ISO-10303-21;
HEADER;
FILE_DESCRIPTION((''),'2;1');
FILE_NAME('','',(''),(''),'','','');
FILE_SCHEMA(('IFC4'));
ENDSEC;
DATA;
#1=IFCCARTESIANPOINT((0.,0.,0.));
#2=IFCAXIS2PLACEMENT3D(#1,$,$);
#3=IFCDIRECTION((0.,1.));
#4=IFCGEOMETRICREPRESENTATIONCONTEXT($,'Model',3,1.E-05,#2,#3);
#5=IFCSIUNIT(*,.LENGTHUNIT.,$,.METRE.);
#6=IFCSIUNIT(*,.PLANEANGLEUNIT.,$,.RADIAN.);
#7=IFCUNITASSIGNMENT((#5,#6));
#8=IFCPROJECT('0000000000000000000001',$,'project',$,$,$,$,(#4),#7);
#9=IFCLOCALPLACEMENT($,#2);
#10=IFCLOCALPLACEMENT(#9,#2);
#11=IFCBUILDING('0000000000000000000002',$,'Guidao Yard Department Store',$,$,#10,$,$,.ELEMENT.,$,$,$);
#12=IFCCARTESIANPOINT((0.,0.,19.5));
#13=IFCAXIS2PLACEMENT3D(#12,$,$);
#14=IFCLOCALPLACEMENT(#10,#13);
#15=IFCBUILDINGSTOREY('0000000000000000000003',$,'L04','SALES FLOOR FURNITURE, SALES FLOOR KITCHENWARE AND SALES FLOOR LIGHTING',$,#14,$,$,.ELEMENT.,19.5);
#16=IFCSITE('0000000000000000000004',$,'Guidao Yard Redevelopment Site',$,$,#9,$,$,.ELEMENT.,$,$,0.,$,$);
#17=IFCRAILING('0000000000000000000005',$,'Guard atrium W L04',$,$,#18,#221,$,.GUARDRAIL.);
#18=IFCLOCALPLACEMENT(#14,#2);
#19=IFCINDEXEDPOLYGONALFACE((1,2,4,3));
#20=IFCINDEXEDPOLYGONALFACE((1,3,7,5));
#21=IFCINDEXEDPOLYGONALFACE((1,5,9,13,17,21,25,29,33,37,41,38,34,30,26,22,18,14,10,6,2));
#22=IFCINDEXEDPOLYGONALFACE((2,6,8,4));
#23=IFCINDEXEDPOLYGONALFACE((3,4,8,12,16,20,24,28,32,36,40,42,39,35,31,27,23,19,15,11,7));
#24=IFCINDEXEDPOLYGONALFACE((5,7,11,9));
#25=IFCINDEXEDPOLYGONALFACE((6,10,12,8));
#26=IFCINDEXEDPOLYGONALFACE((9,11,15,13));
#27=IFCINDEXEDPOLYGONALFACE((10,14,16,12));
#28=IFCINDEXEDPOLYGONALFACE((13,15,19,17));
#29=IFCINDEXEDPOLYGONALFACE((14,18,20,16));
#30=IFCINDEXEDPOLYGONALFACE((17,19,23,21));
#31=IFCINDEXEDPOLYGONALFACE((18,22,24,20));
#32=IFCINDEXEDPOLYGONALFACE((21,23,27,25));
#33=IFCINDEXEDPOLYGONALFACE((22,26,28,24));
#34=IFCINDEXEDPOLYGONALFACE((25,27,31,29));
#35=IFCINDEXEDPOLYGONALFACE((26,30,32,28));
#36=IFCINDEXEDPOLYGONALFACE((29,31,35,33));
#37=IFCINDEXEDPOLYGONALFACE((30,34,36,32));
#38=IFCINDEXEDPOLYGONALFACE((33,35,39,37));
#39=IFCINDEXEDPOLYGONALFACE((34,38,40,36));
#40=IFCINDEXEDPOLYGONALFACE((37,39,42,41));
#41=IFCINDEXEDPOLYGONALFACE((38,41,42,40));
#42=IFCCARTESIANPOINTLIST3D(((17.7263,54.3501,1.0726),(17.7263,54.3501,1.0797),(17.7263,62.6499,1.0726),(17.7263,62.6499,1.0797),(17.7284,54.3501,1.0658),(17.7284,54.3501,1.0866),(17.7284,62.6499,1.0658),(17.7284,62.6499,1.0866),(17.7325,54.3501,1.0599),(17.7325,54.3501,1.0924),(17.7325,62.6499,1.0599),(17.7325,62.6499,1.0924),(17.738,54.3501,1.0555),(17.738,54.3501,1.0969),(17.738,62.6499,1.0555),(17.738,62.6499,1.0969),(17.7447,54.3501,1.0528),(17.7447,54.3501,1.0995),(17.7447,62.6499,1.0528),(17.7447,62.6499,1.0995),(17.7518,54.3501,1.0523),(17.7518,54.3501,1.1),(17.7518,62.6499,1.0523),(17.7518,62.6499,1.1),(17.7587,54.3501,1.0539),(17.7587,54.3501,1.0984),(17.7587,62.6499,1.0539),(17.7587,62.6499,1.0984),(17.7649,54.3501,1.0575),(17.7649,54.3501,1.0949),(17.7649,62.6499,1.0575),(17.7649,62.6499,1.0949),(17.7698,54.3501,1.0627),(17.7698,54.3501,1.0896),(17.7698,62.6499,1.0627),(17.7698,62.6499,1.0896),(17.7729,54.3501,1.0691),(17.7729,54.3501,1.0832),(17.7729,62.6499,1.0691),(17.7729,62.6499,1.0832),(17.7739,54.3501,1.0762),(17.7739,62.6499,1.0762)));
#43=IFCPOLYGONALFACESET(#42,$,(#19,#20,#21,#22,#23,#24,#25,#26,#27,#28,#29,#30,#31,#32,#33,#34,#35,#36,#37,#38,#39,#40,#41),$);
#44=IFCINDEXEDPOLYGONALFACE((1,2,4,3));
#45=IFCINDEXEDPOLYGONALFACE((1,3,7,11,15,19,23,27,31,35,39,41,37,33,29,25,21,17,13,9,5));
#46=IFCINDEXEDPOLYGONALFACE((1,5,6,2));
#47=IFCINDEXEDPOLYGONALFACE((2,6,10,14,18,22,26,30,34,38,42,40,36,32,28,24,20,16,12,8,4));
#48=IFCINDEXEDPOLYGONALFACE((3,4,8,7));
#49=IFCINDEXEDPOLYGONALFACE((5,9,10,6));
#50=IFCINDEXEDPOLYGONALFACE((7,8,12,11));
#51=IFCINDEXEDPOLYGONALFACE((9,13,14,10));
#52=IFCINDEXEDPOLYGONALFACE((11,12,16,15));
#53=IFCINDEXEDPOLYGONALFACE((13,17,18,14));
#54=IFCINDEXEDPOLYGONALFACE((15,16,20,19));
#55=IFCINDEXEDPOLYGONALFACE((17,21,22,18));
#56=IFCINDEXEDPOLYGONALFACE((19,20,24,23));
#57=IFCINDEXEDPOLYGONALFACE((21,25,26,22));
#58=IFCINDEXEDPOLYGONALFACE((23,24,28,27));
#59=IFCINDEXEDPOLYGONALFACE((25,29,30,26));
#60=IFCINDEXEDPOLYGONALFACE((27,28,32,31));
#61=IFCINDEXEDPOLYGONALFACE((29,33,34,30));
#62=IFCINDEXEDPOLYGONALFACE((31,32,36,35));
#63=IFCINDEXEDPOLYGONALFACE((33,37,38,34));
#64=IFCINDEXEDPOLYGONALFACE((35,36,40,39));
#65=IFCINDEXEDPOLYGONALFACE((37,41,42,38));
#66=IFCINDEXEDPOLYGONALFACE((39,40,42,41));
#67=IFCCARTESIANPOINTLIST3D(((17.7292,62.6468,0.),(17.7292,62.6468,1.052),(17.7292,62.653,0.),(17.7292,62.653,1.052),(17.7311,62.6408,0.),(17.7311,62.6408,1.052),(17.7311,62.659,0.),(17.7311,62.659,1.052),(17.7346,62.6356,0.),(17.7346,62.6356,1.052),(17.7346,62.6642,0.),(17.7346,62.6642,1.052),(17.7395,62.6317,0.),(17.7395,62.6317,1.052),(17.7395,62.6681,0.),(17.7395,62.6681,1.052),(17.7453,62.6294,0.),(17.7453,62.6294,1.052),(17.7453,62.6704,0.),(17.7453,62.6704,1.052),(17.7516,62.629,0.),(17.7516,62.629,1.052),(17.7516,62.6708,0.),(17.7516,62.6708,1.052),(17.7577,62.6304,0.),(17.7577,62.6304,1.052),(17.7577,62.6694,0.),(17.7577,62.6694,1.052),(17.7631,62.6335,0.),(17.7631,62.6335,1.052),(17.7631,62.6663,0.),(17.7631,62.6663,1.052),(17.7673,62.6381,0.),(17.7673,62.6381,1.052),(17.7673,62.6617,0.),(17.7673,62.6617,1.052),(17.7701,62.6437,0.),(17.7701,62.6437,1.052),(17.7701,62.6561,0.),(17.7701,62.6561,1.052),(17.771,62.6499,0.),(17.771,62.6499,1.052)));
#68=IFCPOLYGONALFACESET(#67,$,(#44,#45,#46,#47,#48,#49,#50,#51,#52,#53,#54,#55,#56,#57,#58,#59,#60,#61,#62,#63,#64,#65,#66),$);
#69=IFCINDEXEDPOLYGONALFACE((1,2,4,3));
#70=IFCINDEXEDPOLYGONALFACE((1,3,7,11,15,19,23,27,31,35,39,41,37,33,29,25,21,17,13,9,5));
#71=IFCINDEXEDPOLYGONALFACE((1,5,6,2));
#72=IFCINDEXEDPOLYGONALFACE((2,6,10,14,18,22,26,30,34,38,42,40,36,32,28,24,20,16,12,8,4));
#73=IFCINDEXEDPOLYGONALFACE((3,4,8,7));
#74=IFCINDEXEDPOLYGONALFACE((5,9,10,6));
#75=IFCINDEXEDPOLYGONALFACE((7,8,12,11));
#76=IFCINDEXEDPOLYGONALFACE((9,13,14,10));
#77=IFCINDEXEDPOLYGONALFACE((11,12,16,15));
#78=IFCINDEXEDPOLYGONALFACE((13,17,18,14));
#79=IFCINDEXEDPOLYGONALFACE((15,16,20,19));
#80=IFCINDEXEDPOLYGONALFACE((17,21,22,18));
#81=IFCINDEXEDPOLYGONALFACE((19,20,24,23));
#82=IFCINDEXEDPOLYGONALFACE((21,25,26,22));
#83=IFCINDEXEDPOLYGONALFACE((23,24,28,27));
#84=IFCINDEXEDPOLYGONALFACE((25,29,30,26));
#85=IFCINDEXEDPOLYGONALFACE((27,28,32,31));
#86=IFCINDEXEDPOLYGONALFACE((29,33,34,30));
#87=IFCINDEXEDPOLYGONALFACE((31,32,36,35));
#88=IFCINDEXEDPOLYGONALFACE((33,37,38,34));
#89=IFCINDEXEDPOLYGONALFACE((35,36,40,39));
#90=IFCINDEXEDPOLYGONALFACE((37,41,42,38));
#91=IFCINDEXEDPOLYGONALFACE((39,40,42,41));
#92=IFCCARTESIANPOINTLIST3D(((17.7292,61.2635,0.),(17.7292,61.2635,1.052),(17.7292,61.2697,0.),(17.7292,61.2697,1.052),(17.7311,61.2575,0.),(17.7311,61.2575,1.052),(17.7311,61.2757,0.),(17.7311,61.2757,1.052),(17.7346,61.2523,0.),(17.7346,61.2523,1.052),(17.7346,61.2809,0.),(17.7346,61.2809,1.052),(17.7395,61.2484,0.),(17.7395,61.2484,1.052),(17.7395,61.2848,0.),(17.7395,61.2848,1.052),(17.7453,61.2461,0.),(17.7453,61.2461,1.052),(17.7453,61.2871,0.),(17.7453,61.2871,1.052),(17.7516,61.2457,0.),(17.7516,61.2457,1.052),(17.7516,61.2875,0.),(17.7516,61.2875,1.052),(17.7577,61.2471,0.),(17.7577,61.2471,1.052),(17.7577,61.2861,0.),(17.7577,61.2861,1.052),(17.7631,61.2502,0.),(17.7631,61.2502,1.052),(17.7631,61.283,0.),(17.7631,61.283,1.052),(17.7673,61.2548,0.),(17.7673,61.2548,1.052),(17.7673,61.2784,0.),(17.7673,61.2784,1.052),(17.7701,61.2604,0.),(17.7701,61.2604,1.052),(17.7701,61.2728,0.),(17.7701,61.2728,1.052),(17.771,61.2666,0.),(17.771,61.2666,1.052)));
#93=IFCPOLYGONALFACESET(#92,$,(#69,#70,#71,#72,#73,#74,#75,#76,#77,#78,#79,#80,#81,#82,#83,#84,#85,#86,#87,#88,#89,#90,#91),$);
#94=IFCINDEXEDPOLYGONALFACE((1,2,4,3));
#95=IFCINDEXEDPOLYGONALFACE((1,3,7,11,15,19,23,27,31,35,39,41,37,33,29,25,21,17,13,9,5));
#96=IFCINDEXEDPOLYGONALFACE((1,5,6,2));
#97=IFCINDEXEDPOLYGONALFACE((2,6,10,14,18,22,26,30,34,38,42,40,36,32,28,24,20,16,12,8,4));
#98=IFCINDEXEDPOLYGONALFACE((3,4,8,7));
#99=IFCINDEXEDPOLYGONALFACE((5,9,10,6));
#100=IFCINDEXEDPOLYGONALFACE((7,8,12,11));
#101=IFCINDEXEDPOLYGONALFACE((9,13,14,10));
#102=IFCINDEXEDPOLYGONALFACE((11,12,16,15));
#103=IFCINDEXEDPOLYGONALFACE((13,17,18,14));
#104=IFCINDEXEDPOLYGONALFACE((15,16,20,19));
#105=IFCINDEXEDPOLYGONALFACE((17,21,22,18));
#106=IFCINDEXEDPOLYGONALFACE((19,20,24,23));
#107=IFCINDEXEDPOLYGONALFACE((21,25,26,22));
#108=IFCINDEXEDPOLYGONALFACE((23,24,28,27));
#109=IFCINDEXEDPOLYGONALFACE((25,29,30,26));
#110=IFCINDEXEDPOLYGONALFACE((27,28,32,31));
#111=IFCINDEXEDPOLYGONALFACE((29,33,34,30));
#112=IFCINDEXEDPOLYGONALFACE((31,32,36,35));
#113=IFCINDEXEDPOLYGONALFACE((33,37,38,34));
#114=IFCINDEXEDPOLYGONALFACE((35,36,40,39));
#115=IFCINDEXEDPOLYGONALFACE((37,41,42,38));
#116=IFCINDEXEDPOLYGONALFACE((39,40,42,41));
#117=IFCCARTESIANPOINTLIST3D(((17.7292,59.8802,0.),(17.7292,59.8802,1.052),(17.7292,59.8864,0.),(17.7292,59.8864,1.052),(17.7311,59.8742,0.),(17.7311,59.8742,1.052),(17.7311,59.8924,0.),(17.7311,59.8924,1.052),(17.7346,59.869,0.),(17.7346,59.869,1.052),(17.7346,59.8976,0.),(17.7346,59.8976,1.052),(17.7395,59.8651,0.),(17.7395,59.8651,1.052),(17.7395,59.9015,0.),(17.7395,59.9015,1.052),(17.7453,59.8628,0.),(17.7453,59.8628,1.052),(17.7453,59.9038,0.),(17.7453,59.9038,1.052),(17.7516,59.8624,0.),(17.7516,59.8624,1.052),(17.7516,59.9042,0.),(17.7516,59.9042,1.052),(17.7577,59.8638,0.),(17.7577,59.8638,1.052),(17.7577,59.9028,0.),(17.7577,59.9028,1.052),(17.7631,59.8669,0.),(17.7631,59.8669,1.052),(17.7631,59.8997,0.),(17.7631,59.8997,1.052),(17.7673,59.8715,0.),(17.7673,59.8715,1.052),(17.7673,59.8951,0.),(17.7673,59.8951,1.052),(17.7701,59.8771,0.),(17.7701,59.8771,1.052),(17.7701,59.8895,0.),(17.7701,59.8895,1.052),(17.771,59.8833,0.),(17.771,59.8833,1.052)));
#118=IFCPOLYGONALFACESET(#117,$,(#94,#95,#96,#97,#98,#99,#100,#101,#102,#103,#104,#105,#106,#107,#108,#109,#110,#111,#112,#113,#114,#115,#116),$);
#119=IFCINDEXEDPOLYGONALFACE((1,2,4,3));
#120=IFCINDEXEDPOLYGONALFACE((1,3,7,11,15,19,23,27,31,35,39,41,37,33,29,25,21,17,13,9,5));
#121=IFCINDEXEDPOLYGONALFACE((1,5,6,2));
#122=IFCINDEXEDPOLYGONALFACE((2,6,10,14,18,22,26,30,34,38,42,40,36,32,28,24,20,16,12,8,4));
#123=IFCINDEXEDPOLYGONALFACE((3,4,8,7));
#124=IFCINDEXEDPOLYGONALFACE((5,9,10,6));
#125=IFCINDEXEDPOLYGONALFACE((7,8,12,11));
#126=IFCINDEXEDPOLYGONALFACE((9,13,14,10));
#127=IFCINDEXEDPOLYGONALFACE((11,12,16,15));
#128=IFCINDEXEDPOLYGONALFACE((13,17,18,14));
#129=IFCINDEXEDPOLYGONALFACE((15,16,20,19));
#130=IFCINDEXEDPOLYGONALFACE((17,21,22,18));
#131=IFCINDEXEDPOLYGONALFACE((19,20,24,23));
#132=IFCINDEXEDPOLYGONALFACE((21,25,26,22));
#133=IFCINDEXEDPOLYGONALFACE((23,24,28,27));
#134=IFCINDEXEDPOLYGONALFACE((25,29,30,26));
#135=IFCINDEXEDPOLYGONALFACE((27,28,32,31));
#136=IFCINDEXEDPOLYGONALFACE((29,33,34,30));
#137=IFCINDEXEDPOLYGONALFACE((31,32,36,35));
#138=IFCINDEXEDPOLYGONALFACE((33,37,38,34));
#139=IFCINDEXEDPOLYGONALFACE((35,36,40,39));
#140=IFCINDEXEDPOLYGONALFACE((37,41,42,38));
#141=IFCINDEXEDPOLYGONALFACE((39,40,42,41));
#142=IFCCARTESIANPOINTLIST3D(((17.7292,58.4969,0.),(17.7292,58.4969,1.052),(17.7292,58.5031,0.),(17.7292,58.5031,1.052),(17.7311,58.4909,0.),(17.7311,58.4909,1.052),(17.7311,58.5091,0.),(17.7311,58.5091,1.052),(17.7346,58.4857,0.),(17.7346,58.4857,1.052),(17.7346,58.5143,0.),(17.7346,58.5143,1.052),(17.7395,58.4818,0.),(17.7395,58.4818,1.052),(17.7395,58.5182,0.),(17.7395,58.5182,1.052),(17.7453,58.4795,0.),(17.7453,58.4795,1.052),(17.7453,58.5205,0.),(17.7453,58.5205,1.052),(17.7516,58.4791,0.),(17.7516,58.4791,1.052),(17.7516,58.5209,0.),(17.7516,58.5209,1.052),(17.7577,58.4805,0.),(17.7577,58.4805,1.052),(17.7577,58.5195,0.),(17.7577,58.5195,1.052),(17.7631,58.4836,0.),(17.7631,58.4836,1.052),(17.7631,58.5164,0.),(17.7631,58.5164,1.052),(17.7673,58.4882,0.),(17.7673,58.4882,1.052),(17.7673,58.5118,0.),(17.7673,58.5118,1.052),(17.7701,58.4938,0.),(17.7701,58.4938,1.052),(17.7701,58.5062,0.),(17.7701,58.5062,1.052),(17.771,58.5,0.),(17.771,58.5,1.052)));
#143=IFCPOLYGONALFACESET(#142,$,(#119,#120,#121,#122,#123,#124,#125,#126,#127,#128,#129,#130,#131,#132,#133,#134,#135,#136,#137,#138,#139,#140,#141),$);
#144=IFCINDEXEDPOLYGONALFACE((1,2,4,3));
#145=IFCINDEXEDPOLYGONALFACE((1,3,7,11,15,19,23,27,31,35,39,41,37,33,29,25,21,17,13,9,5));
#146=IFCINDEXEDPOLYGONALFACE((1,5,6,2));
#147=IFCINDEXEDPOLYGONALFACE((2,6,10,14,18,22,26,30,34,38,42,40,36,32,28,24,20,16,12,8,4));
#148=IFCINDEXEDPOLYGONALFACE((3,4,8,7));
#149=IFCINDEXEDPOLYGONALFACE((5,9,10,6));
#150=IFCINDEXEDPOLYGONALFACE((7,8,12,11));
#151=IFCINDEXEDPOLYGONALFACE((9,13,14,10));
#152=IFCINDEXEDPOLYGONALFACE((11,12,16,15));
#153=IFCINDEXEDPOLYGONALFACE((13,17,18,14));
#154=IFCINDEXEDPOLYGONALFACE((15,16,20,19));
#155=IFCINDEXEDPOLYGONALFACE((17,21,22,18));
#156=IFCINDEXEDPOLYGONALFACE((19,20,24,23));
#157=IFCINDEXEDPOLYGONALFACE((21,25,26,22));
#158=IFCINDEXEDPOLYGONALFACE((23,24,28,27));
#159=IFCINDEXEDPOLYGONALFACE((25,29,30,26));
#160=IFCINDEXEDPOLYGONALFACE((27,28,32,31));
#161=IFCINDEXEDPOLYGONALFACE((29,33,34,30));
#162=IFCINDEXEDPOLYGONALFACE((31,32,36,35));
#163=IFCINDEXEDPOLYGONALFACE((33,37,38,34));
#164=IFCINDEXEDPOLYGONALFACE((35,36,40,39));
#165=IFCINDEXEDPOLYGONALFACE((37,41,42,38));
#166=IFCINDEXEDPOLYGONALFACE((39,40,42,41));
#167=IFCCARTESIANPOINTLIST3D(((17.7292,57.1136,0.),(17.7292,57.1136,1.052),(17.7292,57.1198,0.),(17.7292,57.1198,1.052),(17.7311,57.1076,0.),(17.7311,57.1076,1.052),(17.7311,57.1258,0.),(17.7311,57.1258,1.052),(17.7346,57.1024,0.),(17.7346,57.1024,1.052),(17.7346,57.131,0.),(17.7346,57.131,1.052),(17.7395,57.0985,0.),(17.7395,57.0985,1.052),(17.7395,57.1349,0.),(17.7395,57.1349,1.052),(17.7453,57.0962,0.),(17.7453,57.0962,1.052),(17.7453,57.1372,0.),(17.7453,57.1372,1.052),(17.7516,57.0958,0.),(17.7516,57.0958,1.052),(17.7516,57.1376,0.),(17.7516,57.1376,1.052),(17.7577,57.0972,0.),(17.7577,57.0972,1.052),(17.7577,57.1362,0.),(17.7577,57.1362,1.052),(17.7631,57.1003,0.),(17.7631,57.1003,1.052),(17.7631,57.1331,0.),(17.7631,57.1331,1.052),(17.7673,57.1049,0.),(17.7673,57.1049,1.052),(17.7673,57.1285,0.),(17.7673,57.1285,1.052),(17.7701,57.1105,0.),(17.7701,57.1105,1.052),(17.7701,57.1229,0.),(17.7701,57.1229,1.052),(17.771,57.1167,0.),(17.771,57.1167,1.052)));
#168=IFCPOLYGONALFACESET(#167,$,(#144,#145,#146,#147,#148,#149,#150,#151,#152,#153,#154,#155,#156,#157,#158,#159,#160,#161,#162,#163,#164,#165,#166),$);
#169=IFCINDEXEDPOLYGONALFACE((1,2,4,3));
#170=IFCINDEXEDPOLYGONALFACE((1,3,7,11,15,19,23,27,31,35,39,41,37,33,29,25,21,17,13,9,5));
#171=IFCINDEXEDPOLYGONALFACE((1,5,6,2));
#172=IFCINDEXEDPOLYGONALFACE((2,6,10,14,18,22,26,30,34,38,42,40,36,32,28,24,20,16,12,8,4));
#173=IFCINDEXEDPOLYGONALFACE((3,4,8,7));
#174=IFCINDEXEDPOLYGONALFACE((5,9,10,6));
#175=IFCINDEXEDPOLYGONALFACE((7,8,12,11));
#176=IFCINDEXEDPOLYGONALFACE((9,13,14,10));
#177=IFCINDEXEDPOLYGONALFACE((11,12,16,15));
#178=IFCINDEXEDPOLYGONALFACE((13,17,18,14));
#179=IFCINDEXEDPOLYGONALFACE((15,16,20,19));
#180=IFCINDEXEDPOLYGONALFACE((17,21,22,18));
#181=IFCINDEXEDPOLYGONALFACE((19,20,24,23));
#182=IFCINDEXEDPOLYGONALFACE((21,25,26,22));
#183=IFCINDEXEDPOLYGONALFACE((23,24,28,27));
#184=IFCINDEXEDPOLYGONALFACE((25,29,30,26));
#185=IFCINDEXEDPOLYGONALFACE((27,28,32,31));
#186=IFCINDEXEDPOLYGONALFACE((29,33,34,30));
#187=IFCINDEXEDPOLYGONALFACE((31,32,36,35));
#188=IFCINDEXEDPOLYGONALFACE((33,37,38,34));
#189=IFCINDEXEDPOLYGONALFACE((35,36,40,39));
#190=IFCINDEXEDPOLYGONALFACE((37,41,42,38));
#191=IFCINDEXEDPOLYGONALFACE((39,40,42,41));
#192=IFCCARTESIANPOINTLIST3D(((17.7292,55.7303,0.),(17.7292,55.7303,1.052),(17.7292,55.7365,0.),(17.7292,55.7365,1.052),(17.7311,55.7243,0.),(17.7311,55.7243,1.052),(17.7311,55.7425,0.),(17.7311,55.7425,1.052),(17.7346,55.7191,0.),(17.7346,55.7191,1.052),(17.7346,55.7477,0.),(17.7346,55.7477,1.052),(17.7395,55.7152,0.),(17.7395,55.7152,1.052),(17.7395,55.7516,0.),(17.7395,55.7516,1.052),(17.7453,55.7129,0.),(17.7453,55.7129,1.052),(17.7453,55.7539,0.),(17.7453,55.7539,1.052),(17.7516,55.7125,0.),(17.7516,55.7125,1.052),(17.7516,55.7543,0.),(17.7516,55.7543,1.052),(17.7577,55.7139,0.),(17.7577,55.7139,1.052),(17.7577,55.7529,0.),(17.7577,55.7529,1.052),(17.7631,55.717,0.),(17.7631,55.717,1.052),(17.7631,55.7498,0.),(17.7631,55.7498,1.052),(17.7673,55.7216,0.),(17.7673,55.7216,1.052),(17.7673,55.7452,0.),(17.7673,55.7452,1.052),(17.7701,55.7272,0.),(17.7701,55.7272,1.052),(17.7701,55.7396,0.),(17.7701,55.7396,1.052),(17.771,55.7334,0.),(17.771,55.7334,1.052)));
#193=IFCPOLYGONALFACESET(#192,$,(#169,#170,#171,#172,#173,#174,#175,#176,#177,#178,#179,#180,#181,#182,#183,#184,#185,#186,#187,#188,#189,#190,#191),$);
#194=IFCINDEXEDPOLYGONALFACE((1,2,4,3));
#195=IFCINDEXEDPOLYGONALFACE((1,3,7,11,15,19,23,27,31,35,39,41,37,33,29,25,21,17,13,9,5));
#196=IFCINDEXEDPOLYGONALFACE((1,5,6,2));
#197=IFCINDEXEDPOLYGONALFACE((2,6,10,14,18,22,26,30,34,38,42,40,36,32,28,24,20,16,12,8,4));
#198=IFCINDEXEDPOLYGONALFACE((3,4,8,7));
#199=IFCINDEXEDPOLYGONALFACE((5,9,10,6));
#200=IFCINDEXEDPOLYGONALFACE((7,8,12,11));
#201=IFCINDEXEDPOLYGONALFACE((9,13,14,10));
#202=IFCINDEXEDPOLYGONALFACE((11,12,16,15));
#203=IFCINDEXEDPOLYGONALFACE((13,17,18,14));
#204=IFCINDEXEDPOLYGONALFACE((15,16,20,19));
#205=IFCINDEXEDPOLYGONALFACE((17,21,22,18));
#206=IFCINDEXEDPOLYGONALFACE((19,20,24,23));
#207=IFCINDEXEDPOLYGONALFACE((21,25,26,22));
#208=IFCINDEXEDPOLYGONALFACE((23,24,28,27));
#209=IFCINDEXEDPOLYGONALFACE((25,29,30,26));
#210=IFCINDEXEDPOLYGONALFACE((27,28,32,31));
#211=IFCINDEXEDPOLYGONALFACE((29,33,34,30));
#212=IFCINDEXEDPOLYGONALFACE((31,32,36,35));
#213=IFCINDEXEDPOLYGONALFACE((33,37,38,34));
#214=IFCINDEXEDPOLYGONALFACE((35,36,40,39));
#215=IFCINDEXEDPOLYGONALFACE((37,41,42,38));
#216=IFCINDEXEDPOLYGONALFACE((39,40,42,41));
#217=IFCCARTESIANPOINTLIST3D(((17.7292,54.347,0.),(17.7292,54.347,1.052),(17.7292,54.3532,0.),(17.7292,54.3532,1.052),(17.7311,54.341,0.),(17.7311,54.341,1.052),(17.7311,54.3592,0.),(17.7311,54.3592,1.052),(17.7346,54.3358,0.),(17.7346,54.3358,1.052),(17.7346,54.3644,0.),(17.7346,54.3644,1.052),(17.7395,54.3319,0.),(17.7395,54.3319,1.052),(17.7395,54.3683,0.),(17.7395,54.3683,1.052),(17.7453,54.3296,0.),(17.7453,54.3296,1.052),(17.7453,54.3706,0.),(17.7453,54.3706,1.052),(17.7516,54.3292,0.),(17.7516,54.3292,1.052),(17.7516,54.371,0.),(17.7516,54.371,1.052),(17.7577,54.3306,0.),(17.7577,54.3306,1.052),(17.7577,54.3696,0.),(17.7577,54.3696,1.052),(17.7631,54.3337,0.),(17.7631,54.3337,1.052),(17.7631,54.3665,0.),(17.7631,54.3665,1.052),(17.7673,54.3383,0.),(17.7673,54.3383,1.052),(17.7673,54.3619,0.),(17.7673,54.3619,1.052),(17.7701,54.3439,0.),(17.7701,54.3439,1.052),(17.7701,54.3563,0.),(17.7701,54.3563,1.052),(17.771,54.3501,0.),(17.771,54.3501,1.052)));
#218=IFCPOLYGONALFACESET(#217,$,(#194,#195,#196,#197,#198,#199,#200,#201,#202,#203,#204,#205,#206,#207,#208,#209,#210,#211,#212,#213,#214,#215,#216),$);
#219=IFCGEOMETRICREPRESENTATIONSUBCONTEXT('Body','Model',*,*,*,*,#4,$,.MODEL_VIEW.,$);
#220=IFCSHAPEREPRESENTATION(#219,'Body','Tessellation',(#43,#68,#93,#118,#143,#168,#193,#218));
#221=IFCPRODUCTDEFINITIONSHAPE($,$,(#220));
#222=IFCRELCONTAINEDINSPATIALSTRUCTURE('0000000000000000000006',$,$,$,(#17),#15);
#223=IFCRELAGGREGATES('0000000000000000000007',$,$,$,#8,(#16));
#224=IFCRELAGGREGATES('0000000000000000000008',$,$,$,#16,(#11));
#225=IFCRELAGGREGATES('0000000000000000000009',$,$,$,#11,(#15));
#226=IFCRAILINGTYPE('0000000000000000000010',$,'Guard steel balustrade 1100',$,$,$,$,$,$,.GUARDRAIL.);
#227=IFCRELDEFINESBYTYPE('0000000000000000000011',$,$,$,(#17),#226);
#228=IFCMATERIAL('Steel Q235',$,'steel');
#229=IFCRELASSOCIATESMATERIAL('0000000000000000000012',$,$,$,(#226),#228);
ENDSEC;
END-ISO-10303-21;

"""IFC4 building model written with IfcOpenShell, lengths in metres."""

from ifc_helpers import new_model, si_unit, direction, frame, origin, origin_2d, place, context, subcontext, project, spatial, circle, extrude, material, type_object, element, save


model = new_model("IFC4")

# Units and contexts
model_context = context("Model", 3, precision=1e-05, world=origin(), true_north=direction((0.0, 1.0)))
body_context = subcontext(model_context, "Body", "Model", "MODEL_VIEW")
ifc_project = project(units=[si_unit("LENGTHUNIT", "METRE"), si_unit("PLANEANGLEUNIT", "RADIAN")], contexts=[model_context])

# Site, building, storey
site_placement = place(None, origin())
site = spatial("IfcSite", under=ifc_project, at=site_placement, Name="Guidao Yard Redevelopment Site", CompositionType="ELEMENT", RefElevation=0.0)
building_placement = place(site_placement, origin())
building = spatial("IfcBuilding", under=site, at=building_placement, Name="Guidao Yard Department Store", CompositionType="ELEMENT")
storey_placement = place(building_placement, frame((0.0, 0.0, 19.5)))
storey = spatial("IfcBuildingStorey", under=building, at=storey_placement, Name="L04", Description="SALES FLOOR FURNITURE, SALES FLOOR KITCHENWARE AND SALES FLOOR LIGHTING", CompositionType="ELEMENT", Elevation=19.5)

# Railing
ifc_material_1 = material(Name="Steel Q235", Category="steel")
railing_type_1 = type_object("IfcRailingType", Name="Guard steel balustrade 1100", PredefinedType="GUARDRAIL", material=ifc_material_1)
railing_1_placement = place(storey_placement, frame((17.75, 62.6499, 0.0)))
element("IfcRailing", 1, at=railing_1_placement, inside=storey, type_object=railing_type_1, Name="Guard atrium W L04", PredefinedType="GUARDRAIL", context=body_context, shape_type="SweptSolid", body=[
    extrude(circle(Radius=0.0239, at=origin_2d()), frame((0.0, 0.0, 1.0762), z_axis=(0.0, -1.0, 0.0), x_axis=(1.0, 0.0, 0.0)), (0.0, 0.0, 1.0), 8.2998),
    extrude(circle(Radius=0.021, at=origin_2d()), origin(), (0.0, 0.0, 1.0), 1.052),
    extrude(circle(Radius=0.021, at=origin_2d()), frame((0.0, -1.3833, 0.0)), (0.0, 0.0, 1.0), 1.052),
    extrude(circle(Radius=0.021, at=origin_2d()), frame((0.0, -2.7666, 0.0)), (0.0, 0.0, 1.0), 1.052),
    extrude(circle(Radius=0.021, at=origin_2d()), frame((0.0, -4.1499, 0.0)), (0.0, 0.0, 1.0), 1.052),
    extrude(circle(Radius=0.021, at=origin_2d()), frame((0.0, -5.5332, 0.0)), (0.0, 0.0, 1.0), 1.052),
    extrude(circle(Radius=0.021, at=origin_2d()), frame((0.0, -6.9165, 0.0)), (0.0, 0.0, 1.0), 1.052),
    extrude(circle(Radius=0.021, at=origin_2d()), frame((0.0, -8.2998, 0.0)), (0.0, 0.0, 1.0), 1.052),
])

save(model, "model.ifc")
